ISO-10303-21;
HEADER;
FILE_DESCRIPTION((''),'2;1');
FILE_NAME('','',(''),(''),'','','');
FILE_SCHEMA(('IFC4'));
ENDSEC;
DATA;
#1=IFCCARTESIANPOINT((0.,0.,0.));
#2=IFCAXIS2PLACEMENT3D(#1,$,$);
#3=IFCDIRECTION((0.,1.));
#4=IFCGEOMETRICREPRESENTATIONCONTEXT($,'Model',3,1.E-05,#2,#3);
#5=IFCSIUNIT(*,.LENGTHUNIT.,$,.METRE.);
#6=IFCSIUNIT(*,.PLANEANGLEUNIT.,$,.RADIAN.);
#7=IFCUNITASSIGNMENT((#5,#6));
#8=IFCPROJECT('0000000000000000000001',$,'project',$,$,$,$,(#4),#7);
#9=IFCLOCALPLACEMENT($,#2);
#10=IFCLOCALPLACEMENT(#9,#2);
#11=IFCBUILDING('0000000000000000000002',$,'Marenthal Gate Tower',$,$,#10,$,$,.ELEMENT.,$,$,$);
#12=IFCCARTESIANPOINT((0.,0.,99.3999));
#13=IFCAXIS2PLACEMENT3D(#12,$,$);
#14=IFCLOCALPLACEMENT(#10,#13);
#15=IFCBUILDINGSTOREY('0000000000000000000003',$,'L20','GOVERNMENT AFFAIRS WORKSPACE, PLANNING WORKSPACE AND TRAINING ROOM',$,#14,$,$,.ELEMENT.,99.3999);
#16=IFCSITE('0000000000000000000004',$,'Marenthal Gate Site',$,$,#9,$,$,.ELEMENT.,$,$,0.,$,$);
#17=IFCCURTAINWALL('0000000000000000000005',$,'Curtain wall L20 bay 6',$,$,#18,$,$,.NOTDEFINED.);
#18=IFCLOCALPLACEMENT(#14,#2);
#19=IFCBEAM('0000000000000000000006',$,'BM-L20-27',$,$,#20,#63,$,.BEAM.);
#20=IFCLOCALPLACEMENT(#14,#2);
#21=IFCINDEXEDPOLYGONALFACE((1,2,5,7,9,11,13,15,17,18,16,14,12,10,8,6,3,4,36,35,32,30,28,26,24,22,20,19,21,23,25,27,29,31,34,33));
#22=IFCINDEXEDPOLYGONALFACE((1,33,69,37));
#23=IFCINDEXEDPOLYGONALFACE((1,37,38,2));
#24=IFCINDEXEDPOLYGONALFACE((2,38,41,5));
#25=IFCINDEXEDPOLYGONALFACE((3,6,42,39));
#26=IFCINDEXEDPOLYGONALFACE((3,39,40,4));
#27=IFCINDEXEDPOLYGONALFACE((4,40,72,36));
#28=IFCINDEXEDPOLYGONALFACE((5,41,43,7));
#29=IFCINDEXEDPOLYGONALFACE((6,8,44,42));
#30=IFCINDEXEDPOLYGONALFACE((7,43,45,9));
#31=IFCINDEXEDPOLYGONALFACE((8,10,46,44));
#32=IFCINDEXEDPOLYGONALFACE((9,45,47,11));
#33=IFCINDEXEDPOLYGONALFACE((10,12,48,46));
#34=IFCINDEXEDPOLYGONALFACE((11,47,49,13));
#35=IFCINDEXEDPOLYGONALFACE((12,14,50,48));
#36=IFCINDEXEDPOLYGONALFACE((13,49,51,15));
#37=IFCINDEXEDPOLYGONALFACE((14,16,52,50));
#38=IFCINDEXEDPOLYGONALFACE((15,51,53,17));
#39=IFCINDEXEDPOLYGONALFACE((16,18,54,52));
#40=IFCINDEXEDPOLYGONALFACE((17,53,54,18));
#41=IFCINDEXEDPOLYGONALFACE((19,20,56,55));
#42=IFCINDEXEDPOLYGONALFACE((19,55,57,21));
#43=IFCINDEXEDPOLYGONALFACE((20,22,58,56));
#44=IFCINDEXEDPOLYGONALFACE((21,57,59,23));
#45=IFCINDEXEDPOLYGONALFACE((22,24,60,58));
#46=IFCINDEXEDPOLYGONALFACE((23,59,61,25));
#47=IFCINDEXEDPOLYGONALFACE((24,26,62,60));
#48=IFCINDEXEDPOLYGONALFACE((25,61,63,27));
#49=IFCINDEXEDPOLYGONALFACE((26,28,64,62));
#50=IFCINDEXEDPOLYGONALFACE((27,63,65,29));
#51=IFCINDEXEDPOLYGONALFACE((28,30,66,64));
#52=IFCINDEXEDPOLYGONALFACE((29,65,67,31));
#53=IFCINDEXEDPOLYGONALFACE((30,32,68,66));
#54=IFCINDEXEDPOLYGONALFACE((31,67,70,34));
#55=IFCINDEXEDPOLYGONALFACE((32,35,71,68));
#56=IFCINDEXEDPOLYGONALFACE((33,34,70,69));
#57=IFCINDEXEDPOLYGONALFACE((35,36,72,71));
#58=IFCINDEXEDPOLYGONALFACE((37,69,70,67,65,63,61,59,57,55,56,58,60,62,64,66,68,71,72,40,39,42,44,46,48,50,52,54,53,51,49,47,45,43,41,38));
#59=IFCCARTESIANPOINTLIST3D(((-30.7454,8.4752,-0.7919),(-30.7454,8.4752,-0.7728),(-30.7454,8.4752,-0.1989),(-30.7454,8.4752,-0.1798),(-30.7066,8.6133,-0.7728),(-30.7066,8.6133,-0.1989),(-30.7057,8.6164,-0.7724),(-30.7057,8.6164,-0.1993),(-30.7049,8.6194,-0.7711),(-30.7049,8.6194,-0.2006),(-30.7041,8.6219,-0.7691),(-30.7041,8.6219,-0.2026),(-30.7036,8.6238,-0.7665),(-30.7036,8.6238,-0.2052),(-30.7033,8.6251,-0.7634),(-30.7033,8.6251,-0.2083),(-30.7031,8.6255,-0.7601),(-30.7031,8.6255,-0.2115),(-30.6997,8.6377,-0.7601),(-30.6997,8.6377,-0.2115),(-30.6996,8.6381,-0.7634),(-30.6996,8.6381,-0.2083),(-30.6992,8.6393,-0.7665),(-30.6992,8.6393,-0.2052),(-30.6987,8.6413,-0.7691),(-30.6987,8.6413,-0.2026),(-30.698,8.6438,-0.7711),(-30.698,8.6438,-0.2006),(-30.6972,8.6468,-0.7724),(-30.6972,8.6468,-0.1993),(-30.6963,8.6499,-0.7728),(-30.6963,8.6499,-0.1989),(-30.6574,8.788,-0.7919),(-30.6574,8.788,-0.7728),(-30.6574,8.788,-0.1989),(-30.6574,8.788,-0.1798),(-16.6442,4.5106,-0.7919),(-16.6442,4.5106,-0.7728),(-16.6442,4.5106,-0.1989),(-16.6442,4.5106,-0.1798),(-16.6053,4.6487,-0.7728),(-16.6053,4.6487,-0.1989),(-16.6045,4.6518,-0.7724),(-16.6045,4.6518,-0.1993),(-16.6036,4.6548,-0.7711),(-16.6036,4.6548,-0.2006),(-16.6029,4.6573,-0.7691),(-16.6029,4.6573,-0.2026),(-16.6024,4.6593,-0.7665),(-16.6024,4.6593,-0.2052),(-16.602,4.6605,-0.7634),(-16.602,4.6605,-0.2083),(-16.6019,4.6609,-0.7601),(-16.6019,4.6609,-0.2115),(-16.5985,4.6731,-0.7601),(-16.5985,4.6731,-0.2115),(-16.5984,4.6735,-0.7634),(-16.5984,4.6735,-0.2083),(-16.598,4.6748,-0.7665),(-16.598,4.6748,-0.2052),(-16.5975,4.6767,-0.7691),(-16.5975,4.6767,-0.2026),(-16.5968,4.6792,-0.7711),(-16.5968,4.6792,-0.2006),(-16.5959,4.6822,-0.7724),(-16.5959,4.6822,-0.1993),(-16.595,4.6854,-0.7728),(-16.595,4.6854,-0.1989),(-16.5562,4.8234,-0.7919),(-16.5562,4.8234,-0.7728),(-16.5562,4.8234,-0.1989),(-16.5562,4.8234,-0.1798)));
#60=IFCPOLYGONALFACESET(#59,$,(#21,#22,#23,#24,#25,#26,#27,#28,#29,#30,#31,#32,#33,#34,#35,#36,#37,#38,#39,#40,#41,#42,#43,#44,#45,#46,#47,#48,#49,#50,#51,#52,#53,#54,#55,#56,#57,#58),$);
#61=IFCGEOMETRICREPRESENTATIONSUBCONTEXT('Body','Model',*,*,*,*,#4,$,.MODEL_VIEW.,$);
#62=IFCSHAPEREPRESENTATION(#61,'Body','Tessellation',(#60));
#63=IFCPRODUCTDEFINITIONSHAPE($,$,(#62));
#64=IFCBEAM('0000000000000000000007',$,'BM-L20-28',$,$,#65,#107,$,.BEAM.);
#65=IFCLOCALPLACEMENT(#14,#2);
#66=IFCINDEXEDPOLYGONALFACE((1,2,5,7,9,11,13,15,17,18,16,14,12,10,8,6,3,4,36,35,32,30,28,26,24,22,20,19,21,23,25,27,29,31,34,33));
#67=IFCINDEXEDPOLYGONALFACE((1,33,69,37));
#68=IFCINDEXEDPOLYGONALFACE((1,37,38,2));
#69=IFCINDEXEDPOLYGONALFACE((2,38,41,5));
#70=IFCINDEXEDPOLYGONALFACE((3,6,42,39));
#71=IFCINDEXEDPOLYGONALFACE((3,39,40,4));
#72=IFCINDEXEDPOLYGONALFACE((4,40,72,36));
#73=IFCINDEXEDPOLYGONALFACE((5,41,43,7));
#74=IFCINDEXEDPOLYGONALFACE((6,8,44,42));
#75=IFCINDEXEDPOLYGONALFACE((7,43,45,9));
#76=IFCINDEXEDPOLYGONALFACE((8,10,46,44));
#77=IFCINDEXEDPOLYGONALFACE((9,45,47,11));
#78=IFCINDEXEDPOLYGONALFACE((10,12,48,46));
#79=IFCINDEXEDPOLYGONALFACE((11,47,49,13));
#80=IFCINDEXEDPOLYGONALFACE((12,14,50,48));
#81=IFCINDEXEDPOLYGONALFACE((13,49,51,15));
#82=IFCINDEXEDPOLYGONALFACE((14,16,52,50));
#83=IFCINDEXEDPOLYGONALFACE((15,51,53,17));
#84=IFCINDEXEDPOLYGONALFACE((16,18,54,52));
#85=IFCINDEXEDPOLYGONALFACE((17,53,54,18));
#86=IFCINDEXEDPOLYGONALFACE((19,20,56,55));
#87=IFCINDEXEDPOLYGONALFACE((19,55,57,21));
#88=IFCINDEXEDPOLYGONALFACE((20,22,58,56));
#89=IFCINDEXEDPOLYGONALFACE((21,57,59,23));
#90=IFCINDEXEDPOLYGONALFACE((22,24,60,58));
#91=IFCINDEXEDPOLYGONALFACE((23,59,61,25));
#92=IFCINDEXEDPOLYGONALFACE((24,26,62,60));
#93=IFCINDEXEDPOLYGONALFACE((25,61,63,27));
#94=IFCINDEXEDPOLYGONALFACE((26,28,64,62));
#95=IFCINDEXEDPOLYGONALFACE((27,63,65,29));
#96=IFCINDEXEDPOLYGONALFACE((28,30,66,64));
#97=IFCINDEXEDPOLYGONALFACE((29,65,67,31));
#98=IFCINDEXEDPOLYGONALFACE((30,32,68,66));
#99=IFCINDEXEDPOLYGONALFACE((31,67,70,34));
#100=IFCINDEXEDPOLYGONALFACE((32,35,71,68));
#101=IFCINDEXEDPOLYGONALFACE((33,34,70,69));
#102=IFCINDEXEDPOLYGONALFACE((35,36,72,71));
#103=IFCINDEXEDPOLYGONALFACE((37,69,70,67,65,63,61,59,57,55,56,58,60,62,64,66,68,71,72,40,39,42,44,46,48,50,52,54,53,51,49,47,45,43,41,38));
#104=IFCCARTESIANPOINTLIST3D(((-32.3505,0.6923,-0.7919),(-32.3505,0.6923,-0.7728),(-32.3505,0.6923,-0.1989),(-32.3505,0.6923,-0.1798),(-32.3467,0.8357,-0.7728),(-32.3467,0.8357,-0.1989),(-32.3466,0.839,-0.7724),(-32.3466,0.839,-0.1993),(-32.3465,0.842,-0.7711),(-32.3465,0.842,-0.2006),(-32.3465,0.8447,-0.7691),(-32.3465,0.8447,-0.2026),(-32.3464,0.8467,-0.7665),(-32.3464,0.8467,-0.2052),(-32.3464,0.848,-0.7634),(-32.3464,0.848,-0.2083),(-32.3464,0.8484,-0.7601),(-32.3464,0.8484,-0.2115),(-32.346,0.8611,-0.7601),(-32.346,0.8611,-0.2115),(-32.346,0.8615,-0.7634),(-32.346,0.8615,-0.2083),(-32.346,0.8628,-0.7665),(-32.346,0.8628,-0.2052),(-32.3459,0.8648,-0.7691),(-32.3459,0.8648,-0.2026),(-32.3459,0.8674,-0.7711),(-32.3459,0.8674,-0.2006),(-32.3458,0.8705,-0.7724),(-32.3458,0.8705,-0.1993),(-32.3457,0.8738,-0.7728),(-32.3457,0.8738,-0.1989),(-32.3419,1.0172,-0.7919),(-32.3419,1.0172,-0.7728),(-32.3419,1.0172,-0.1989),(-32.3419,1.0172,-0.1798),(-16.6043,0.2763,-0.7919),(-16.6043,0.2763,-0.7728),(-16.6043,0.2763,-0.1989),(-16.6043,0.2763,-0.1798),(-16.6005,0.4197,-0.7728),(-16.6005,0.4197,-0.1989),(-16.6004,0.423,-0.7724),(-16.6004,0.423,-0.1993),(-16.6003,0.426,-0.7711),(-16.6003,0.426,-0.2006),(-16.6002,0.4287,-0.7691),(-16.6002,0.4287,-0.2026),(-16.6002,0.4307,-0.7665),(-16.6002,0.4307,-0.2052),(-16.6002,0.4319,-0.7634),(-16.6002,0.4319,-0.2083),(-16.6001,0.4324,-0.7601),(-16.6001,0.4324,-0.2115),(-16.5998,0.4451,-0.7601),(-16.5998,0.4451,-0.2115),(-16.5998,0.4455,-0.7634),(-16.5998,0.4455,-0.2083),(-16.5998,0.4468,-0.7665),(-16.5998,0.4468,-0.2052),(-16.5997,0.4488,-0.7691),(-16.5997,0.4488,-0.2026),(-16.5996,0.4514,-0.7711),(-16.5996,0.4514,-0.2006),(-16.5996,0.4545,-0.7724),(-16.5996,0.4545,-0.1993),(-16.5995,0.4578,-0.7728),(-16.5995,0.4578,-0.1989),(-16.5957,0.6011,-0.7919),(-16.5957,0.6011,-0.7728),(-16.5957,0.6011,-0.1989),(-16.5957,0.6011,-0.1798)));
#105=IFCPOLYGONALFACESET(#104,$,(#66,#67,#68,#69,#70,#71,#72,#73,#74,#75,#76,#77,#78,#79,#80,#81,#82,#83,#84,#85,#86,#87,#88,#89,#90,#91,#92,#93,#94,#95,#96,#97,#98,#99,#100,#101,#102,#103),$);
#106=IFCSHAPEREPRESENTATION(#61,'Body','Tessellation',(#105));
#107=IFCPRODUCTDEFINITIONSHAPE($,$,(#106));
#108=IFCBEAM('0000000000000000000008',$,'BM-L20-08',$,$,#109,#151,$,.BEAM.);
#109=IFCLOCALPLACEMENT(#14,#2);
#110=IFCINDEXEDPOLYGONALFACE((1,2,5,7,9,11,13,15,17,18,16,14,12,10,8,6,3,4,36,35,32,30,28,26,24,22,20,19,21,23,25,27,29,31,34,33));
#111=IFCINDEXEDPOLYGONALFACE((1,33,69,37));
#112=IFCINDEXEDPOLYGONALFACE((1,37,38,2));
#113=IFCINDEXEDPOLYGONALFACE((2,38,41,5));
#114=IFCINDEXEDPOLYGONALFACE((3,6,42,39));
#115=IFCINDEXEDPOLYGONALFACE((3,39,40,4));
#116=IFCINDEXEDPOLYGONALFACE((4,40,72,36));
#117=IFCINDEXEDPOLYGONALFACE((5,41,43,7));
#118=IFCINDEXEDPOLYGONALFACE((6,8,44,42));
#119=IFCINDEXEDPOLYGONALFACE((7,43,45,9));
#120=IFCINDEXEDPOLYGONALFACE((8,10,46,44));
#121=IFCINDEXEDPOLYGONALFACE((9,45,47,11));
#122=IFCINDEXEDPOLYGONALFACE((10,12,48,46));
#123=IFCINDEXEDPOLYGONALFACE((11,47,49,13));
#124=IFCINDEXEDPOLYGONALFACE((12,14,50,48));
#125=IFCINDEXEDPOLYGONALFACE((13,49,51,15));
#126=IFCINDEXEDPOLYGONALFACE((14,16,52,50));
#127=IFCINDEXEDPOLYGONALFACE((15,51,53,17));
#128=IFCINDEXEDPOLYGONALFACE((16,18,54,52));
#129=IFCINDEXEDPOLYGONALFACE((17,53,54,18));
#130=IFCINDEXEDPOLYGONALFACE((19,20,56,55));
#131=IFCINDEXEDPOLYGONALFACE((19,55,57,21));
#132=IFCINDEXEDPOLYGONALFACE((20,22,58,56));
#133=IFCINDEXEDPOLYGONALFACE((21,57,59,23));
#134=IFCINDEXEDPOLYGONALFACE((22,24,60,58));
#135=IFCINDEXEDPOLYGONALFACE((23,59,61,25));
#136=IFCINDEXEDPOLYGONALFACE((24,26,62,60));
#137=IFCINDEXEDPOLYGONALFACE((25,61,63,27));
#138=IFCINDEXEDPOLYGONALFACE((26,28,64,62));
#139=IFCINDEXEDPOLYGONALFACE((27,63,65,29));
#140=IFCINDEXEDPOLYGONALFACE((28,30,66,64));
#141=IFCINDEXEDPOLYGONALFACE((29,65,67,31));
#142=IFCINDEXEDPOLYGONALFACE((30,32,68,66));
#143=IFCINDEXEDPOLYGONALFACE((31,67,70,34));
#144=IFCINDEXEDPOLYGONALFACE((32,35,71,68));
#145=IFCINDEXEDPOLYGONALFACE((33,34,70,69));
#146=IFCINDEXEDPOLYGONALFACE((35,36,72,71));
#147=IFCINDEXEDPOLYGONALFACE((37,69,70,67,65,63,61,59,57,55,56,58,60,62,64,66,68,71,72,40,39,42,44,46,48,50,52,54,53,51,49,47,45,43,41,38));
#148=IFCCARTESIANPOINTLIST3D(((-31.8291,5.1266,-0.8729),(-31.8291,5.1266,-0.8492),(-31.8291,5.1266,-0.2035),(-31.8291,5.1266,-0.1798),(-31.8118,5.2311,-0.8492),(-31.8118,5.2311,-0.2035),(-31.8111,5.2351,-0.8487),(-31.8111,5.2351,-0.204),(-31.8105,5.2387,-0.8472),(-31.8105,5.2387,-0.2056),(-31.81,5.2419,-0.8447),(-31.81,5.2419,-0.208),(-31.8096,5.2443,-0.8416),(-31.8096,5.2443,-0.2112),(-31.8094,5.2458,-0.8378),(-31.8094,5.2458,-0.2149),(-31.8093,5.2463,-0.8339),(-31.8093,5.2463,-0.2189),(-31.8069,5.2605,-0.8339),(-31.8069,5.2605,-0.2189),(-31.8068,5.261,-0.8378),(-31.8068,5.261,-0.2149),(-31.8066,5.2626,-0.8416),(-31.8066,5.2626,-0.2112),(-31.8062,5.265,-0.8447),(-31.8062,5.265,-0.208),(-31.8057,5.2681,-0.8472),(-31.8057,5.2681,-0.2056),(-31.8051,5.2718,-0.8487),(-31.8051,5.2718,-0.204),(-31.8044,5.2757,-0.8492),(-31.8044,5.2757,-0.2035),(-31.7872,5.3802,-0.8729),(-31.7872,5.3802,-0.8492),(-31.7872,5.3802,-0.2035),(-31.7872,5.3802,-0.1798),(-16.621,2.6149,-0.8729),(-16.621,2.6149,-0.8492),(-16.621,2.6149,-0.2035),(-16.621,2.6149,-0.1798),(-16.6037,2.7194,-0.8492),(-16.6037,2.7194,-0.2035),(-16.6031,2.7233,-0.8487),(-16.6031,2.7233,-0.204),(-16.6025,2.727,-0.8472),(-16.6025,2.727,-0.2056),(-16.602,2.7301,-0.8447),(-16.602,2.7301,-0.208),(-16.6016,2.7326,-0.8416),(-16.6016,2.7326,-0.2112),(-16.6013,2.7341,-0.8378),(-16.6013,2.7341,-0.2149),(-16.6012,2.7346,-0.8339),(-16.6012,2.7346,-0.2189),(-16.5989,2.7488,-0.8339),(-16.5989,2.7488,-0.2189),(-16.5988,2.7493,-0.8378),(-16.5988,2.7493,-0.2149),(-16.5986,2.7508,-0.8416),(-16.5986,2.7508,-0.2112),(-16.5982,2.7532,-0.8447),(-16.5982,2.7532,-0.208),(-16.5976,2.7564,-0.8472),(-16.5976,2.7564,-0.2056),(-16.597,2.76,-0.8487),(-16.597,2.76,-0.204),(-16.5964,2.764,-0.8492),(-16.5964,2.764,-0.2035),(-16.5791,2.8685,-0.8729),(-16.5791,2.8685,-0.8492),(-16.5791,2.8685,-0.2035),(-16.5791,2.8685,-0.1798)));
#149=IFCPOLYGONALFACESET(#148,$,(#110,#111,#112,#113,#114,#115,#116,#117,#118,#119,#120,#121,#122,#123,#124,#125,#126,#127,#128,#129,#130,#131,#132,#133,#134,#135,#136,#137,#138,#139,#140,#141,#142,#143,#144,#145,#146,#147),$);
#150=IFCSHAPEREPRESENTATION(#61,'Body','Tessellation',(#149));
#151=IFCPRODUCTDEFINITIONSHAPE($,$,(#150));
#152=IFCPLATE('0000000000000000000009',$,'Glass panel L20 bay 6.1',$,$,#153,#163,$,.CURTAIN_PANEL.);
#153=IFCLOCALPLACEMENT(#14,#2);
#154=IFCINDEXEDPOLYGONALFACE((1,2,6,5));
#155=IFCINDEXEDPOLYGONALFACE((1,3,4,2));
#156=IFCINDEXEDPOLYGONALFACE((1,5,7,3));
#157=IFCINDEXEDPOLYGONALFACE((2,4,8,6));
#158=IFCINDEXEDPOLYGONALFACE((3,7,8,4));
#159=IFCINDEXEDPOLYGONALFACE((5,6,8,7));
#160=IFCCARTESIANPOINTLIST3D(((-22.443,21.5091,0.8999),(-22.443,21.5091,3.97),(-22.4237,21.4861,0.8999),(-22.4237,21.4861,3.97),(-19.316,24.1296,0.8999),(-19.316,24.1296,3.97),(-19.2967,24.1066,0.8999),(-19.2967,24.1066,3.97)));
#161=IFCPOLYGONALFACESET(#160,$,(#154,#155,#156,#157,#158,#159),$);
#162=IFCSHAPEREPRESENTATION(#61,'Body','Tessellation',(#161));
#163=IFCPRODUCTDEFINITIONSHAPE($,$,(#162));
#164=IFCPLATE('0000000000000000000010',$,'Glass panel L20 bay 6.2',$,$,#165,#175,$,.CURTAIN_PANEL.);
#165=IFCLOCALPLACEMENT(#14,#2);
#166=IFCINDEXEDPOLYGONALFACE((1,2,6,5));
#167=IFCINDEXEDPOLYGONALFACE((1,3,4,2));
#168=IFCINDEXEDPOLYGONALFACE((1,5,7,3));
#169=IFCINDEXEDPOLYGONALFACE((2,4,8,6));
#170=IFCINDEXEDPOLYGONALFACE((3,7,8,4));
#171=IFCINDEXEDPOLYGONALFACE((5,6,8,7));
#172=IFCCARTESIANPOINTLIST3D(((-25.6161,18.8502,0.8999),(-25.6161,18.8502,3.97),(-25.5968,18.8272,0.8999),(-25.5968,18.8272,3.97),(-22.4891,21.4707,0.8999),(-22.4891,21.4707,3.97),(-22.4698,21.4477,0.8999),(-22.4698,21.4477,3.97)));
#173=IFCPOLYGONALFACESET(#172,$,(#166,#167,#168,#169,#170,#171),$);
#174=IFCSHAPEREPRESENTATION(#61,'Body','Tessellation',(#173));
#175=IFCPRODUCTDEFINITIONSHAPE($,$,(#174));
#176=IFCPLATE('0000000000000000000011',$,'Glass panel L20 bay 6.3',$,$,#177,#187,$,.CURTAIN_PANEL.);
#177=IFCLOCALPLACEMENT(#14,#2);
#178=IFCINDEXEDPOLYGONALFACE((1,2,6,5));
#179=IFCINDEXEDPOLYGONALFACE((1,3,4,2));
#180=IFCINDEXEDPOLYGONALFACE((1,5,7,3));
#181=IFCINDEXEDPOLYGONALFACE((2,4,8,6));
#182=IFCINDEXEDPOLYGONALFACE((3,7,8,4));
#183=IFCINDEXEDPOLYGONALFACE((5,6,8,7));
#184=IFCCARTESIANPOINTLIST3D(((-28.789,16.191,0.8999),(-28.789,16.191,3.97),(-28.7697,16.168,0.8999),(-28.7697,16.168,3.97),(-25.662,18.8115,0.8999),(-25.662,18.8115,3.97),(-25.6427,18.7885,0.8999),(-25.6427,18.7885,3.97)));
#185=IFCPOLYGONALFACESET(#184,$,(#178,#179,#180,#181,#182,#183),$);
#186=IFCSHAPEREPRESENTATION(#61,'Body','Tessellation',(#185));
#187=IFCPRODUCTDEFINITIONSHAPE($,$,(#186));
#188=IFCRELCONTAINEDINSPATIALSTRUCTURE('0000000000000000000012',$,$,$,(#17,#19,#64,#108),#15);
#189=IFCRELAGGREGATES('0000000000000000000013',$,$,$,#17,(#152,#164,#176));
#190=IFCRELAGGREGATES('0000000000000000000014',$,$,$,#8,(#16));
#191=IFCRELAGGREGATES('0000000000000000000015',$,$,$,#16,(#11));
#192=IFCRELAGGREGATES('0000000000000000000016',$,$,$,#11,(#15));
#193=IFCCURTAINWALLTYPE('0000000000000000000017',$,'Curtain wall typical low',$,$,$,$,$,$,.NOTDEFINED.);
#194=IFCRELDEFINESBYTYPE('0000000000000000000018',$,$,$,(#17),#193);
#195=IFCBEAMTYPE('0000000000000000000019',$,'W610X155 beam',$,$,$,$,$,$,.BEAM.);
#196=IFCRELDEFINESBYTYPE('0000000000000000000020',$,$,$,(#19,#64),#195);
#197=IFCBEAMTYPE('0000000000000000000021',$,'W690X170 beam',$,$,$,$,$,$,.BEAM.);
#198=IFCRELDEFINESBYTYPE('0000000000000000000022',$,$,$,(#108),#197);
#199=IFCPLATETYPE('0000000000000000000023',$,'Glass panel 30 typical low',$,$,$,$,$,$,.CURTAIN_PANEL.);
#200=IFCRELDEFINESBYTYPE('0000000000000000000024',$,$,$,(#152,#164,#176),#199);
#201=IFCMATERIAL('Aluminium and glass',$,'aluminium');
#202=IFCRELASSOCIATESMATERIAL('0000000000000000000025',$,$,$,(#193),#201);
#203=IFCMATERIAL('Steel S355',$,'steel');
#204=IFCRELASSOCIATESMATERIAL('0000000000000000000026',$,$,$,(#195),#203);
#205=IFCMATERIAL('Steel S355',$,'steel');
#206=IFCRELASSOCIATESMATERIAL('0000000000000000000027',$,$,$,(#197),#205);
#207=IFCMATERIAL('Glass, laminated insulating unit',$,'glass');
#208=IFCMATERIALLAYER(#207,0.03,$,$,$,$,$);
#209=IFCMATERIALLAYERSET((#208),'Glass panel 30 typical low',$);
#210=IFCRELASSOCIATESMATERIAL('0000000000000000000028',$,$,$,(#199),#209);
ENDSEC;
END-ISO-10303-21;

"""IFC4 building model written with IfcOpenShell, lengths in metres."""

from ifc_helpers import new_model, si_unit, direction, frame, origin, origin_2d, place, context, subcontext, project, spatial, rectangle, i_section, extrude, material, layer, layer_set, material_profile, profile_set, type_object, element, aggregate, save


model = new_model("IFC4")

# Units and contexts
model_context = context("Model", 3, precision=1e-05, world=origin(), true_north=direction((0.0, 1.0)))
body_context = subcontext(model_context, "Body", "Model", "MODEL_VIEW")
ifc_project = project(units=[si_unit("LENGTHUNIT", "METRE"), si_unit("PLANEANGLEUNIT", "RADIAN")], contexts=[model_context])

# Site, building, storey
site_placement = place(None, origin())
site = spatial("IfcSite", under=ifc_project, at=site_placement, Name="Marenthal Gate Site", CompositionType="ELEMENT", RefElevation=0.0)
building_placement = place(site_placement, origin())
building = spatial("IfcBuilding", under=site, at=building_placement, Name="Marenthal Gate Tower", CompositionType="ELEMENT")
storey_placement = place(building_placement, frame((0.0, 0.0, 99.3999)))
storey = spatial("IfcBuildingStorey", under=building, at=storey_placement, Name="L20", Description="GOVERNMENT AFFAIRS WORKSPACE, PLANNING WORKSPACE AND TRAINING ROOM", CompositionType="ELEMENT", Elevation=99.3999)

# Curtain wall
ifc_material_1 = material(Name="Aluminium and glass", Category="aluminium")
curtain_wall_type = type_object("IfcCurtainWallType", Name="Curtain wall typical low", PredefinedType="NOTDEFINED", material=ifc_material_1)
curtain_wall_1_placement = place(storey_placement, origin())
curtain_wall_1 = element("IfcCurtainWall", 1, at=curtain_wall_1_placement, inside=storey, type_object=curtain_wall_type, Name="Curtain wall L20 bay 6", PredefinedType="NOTDEFINED")

# Beams
ifc_material_2 = material(Name="Steel S355", Category="steel")
ifc_material_profile_1 = material_profile(ifc_material_2, i_section(OverallWidth=0.325, OverallDepth=0.6121, WebThickness=0.0127, FlangeThickness=0.019, FilletRadius=0.0127, at=origin_2d()), Name="W610X155")
ifc_profile_set_1 = profile_set([ifc_material_profile_1], Name="Steel S355")
beam_type_1 = type_object("IfcBeamType", Name="W610X155 beam", PredefinedType="BEAM", material=ifc_profile_set_1)
beam_1_placement = place(storey_placement, frame((-30.7014, 8.6316, -0.4858), z_axis=(0.962676, -0.270657, 0.0), x_axis=(0.270657, 0.962676, 0.0)))
element("IfcBeam", 2, at=beam_1_placement, inside=storey, type_object=beam_type_1, Name="BM-L20-27", PredefinedType="BEAM", context=body_context, shape_type="SweptSolid", body=[
    extrude(i_section(OverallWidth=0.325, OverallDepth=0.6121, WebThickness=0.0127, FlangeThickness=0.019, FilletRadius=0.0127, at=origin_2d()), origin(), (0.0, 0.0, 1.0), 14.6479),
])
beam_2_placement = place(storey_placement, frame((-32.3462, 0.8547, -0.4858), z_axis=(0.999651, -0.026411, 0.0), x_axis=(0.026411, 0.999651, 0.0)))
element("IfcBeam", 3, at=beam_2_placement, inside=storey, type_object=beam_type_1, Name="BM-L20-28", PredefinedType="BEAM", context=body_context, shape_type="SweptSolid", body=[
    extrude(i_section(OverallWidth=0.325, OverallDepth=0.6121, WebThickness=0.0127, FlangeThickness=0.019, FilletRadius=0.0127, at=origin_2d()), origin(), (0.0, 0.0, 1.0), 15.7517),
])
ifc_material_3 = material(Name="Steel S355", Category="steel")
ifc_material_profile_2 = material_profile(ifc_material_3, i_section(OverallWidth=0.2571, OverallDepth=0.6931, WebThickness=0.0144, FlangeThickness=0.0237, FilletRadius=0.0154, at=origin_2d()), Name="W690X170")
ifc_profile_set_2 = profile_set([ifc_material_profile_2], Name="Steel S355")
beam_type_2 = type_object("IfcBeamType", Name="W690X170 beam", PredefinedType="BEAM", material=ifc_profile_set_2)
beam_3_placement = place(storey_placement, frame((-31.8081, 5.2534, -0.5264), z_axis=(0.986634, -0.16295, 0.0), x_axis=(0.16295, 0.986634, 0.0)))
element("IfcBeam", 4, at=beam_3_placement, inside=storey, type_object=beam_type_2, Name="BM-L20-08", PredefinedType="BEAM", context=body_context, shape_type="SweptSolid", body=[
    extrude(i_section(OverallWidth=0.2571, OverallDepth=0.6931, WebThickness=0.0144, FlangeThickness=0.0237, FilletRadius=0.0154, at=origin_2d()), origin(), (0.0, 0.0, 1.0), 15.4141),
])

# Plates
ifc_material_4 = material(Name="Glass, laminated insulating unit", Category="glass")
ifc_layer_1 = layer(ifc_material_4, 0.03)
ifc_layer_set_1 = layer_set([ifc_layer_1], Name="Glass panel 30 typical low")
plate_type = type_object("IfcPlateType", Name="Glass panel 30 typical low", PredefinedType="CURTAIN_PANEL", material=ifc_layer_set_1)
plate_1_placement = place(storey_placement, frame((-20.8699, 22.8079, 0.8999), z_axis=(0.0, 0.0, 1.0), x_axis=(-0.766447, -0.642308, 0.0)))
plate_1 = element("IfcPlate", 5, at=plate_1_placement, type_object=plate_type, Name="Glass panel L20 bay 6.1", PredefinedType="CURTAIN_PANEL", context=body_context, shape_type="SweptSolid", body=[
    extrude(rectangle(XDim=4.0798, YDim=0.03, at=origin_2d()), origin(), (0.0, 0.0, 1.0), 3.0701),
])
plate_2_placement = place(storey_placement, frame((-24.043, 20.1489, 0.8999), z_axis=(0.0, 0.0, 1.0), x_axis=(-0.766447, -0.642308, 0.0)))
plate_2 = element("IfcPlate", 6, at=plate_2_placement, type_object=plate_type, Name="Glass panel L20 bay 6.2", PredefinedType="CURTAIN_PANEL", context=body_context, shape_type="SweptSolid", body=[
    extrude(rectangle(XDim=4.0798, YDim=0.03, at=origin_2d()), origin(), (0.0, 0.0, 1.0), 3.0701),
])
plate_3_placement = place(storey_placement, frame((-27.2158, 17.4897, 0.8999), z_axis=(0.0, 0.0, 1.0), x_axis=(-0.766447, -0.642308, 0.0)))
plate_3 = element("IfcPlate", 7, at=plate_3_placement, type_object=plate_type, Name="Glass panel L20 bay 6.3", PredefinedType="CURTAIN_PANEL", context=body_context, shape_type="SweptSolid", body=[
    extrude(rectangle(XDim=4.0798, YDim=0.03, at=origin_2d()), origin(), (0.0, 0.0, 1.0), 3.0701),
])
aggregate(curtain_wall_1, [plate_1, plate_2, plate_3])

save(model, "model.ifc")
